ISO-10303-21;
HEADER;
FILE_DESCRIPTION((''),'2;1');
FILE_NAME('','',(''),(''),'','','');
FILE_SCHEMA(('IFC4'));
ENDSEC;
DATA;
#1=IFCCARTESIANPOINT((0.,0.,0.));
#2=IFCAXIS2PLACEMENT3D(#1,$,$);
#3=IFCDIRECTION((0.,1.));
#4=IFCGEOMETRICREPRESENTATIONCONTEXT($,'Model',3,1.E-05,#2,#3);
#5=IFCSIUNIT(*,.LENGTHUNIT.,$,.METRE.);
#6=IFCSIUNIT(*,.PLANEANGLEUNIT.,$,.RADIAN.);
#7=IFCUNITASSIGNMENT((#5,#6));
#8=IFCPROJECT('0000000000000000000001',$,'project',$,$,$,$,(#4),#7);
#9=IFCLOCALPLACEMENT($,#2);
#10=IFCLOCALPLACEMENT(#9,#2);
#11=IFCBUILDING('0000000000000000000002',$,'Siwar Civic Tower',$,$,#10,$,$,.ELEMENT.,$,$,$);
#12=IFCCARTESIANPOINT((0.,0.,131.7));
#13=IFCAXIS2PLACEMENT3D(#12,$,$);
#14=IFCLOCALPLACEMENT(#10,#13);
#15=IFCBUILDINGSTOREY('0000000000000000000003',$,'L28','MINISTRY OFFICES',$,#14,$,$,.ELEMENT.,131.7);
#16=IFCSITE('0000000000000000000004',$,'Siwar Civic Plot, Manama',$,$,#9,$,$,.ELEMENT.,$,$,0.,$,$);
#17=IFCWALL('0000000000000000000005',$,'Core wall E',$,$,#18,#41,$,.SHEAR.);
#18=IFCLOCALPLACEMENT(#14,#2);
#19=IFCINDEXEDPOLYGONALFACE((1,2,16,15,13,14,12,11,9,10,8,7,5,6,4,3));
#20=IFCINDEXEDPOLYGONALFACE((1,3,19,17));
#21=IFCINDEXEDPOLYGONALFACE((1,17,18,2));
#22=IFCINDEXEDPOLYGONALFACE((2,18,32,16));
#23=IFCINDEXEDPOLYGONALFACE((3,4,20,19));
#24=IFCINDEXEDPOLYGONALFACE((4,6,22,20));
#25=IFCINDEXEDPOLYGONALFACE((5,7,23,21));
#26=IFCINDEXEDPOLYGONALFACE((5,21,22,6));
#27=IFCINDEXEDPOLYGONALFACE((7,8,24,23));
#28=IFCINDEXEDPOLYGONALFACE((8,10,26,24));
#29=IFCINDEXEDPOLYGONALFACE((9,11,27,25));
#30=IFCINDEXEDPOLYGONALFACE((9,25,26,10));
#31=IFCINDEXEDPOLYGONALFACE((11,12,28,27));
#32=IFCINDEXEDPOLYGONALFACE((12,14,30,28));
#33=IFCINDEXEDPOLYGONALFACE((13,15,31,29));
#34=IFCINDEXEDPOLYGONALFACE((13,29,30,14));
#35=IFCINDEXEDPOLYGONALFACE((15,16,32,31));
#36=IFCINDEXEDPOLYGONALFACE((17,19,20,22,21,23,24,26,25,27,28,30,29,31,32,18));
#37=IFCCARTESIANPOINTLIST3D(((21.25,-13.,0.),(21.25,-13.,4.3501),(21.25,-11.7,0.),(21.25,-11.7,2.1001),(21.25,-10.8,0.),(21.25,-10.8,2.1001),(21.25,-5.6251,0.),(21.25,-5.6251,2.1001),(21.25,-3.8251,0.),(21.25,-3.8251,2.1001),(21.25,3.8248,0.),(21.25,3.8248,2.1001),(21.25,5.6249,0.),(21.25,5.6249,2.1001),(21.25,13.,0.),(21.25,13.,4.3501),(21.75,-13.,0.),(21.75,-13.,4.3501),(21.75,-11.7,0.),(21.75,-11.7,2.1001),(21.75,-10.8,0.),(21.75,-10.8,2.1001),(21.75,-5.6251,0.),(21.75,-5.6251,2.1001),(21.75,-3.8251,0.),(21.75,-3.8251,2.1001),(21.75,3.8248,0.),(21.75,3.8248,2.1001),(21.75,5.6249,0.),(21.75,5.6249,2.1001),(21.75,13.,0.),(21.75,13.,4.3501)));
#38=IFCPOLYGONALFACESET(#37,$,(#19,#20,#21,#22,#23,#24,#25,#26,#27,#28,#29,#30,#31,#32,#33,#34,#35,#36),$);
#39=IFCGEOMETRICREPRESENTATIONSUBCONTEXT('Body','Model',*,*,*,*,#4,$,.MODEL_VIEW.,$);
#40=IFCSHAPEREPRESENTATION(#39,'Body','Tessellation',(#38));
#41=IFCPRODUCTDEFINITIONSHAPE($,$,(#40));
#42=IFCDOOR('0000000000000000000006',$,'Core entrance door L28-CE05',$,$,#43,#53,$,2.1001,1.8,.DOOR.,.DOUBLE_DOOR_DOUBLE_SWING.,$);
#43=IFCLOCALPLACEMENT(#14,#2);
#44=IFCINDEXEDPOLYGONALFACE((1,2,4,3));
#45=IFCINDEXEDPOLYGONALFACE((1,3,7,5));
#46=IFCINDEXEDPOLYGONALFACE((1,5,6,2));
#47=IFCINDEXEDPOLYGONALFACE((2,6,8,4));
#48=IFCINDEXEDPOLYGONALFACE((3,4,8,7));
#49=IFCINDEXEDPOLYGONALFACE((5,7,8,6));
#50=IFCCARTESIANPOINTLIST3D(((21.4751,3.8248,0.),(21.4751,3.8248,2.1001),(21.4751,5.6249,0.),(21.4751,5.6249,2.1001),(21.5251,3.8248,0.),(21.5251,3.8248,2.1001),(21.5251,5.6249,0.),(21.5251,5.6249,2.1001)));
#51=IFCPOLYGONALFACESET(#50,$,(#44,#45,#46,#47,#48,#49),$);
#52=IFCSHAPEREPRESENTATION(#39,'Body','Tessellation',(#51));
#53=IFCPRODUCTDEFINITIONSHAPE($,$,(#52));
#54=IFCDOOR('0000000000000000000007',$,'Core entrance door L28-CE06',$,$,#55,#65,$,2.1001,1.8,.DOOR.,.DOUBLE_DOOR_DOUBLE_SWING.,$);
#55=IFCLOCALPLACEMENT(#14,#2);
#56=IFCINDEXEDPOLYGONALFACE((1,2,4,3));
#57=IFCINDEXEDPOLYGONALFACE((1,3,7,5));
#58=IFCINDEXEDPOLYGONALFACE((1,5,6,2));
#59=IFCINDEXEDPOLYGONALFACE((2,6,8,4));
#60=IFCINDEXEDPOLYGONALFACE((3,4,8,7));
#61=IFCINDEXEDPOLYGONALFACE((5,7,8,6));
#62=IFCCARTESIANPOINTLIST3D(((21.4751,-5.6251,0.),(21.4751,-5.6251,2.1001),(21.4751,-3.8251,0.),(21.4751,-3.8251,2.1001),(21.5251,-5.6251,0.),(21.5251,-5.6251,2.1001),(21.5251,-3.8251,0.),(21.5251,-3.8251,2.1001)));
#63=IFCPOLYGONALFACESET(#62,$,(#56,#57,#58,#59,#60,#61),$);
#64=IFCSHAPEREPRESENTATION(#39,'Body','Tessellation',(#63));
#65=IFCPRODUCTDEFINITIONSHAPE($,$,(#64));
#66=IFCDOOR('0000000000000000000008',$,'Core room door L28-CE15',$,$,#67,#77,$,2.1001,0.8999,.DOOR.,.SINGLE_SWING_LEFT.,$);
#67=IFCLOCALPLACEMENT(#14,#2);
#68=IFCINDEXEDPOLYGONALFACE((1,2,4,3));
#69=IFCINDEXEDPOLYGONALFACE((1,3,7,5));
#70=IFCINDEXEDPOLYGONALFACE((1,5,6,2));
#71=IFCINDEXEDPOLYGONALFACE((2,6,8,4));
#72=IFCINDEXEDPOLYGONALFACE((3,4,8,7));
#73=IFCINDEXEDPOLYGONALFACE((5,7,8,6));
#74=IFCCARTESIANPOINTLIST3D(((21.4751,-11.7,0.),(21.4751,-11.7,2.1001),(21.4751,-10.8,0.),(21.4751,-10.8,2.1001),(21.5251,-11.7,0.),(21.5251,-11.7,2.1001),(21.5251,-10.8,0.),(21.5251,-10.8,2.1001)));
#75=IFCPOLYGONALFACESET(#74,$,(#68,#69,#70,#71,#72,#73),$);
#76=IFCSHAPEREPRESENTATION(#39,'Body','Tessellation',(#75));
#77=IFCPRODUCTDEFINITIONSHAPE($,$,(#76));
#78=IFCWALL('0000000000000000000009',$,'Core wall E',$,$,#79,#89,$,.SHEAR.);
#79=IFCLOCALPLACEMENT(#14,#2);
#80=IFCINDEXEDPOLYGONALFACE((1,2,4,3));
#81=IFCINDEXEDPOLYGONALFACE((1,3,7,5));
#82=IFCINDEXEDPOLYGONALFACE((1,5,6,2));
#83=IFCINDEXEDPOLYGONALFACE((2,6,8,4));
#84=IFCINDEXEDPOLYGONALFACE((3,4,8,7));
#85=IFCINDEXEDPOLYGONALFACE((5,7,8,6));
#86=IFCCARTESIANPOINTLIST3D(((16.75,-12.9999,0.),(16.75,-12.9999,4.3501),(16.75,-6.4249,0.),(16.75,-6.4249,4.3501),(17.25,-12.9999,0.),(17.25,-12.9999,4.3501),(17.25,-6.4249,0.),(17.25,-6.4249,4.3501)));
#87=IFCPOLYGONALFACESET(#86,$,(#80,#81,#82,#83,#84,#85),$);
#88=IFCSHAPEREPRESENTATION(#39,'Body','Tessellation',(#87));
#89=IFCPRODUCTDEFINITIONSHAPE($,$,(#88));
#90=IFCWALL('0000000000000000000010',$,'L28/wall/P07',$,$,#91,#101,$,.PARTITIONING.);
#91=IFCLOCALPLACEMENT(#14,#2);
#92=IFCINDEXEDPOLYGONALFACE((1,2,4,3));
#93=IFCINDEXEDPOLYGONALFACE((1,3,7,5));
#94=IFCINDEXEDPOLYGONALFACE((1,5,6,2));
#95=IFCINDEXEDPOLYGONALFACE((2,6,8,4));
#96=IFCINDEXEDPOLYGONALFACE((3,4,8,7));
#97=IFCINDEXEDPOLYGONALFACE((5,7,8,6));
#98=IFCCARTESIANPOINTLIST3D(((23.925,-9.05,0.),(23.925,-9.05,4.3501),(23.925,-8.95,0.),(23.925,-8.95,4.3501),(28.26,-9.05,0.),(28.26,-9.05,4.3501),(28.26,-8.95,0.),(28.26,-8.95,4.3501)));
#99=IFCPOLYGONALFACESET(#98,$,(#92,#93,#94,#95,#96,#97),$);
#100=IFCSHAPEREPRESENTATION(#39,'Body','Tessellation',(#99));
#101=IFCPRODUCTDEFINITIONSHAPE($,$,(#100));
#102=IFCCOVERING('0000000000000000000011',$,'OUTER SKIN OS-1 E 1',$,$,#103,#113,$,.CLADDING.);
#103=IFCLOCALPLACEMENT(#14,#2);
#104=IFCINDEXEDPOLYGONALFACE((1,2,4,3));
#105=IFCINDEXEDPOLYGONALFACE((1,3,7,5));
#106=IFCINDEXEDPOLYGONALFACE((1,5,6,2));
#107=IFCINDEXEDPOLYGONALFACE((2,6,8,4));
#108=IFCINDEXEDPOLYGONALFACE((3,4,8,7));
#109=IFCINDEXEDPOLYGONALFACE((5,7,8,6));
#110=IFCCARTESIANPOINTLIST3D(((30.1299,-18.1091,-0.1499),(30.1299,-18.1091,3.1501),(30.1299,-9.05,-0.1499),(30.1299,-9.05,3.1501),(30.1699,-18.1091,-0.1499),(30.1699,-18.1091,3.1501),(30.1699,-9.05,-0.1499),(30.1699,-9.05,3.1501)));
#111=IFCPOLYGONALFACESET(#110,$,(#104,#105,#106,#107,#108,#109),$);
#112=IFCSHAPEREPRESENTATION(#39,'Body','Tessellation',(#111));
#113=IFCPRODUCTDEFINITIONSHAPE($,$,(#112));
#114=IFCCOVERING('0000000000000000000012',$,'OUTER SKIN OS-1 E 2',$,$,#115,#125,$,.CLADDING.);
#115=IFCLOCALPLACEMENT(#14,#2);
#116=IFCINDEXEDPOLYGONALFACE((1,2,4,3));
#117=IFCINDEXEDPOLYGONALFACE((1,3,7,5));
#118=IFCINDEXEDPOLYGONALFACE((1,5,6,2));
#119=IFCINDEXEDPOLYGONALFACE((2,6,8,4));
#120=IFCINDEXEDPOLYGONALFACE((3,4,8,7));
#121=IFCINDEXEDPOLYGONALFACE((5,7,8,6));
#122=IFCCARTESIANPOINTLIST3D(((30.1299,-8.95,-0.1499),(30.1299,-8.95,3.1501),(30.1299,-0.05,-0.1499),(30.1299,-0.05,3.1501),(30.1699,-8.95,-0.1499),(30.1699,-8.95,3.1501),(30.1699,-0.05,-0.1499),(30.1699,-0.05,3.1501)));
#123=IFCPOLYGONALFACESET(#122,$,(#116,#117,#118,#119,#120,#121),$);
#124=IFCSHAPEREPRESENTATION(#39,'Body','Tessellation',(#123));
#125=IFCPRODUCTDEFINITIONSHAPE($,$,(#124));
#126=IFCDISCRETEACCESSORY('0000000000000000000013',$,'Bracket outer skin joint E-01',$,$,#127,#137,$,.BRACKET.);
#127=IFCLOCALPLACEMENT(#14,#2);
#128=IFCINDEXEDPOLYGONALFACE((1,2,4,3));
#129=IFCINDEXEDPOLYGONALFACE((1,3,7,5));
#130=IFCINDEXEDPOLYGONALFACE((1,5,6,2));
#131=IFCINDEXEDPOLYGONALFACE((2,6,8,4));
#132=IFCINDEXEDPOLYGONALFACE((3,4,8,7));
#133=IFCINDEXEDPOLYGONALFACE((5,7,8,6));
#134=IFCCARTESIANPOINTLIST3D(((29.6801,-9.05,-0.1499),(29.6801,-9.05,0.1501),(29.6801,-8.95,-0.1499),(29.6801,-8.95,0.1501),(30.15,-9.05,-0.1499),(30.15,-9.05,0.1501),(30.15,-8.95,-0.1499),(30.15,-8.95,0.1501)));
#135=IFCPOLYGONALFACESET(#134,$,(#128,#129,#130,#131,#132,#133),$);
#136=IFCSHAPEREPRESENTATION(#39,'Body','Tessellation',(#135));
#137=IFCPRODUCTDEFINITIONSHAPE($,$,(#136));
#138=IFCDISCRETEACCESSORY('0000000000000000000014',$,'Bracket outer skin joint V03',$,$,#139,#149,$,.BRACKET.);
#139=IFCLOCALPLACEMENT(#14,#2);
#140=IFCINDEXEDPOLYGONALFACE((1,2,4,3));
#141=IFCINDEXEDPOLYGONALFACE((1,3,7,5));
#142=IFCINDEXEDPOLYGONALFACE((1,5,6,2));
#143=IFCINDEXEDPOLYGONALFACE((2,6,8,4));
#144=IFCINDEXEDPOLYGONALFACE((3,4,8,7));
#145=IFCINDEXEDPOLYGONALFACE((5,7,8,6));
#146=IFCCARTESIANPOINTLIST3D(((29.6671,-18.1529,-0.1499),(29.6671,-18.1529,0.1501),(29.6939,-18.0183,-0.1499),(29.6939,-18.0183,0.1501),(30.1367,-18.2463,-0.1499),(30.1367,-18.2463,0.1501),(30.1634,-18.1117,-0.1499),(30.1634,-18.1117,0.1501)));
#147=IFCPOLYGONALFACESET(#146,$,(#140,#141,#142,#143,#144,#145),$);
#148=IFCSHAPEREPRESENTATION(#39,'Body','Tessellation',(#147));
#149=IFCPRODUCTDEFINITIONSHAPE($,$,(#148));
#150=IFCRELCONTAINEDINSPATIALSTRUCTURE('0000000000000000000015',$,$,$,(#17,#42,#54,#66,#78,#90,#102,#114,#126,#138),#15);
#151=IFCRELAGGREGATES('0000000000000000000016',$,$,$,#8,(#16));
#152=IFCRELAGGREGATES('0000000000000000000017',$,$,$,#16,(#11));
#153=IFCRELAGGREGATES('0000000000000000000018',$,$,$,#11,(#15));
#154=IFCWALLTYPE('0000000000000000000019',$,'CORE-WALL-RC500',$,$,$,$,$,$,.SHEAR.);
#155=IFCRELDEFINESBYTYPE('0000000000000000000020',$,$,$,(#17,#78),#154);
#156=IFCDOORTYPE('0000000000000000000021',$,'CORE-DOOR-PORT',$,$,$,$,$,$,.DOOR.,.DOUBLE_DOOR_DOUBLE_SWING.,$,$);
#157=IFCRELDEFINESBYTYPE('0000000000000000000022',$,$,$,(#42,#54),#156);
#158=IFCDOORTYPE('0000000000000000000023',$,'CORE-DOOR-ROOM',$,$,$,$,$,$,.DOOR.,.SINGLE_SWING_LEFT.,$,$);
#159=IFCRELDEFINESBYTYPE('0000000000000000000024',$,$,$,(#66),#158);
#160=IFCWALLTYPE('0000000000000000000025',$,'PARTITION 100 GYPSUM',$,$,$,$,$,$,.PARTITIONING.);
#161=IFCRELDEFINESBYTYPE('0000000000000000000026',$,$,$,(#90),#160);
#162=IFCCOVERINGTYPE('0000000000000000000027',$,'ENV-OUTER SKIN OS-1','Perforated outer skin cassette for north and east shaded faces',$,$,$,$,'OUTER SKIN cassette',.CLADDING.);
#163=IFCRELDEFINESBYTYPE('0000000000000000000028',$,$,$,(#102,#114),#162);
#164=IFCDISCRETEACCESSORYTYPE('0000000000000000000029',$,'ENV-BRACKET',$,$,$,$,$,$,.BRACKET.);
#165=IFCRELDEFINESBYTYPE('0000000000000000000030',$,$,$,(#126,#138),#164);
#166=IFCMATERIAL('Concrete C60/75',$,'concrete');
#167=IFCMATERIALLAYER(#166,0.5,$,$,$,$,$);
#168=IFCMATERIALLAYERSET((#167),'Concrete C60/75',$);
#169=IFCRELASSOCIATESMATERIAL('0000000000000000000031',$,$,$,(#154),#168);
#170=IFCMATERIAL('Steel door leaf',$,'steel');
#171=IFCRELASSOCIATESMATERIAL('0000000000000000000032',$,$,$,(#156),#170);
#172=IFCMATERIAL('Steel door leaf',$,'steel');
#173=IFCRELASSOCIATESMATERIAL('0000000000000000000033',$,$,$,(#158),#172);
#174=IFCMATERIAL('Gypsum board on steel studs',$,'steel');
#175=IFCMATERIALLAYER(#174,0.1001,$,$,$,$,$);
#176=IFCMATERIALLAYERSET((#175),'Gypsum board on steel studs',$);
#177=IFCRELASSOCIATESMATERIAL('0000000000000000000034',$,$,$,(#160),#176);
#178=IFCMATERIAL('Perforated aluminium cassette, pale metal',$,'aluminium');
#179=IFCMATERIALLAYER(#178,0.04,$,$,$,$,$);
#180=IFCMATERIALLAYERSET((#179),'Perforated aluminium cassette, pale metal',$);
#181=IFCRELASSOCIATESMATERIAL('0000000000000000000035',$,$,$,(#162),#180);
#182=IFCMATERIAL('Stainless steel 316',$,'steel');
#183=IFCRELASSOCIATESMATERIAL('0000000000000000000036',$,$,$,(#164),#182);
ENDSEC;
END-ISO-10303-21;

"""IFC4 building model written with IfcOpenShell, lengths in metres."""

from ifc_helpers import new_model, si_unit, direction, frame, frame_2d, origin, origin_2d, place, context, subcontext, project, spatial, rectangle, extrude, material, layer, layer_set, type_object, element, fill, save


model = new_model("IFC4")

# Units and contexts
model_context = context("Model", 3, precision=1e-05, world=origin(), true_north=direction((0.0, 1.0)))
body_context = subcontext(model_context, "Body", "Model", "MODEL_VIEW")
ifc_project = project(units=[si_unit("LENGTHUNIT", "METRE"), si_unit("PLANEANGLEUNIT", "RADIAN")], contexts=[model_context])

# Site, building, storey
site_placement = place(None, origin())
site = spatial("IfcSite", under=ifc_project, at=site_placement, Name="Siwar Civic Plot, Manama", CompositionType="ELEMENT", RefElevation=0.0)
building_placement = place(site_placement, origin())
building = spatial("IfcBuilding", under=site, at=building_placement, Name="Siwar Civic Tower", CompositionType="ELEMENT")
storey_placement = place(building_placement, frame((0.0, 0.0, 131.7)))
storey = spatial("IfcBuildingStorey", under=building, at=storey_placement, Name="L28", Description="MINISTRY OFFICES", CompositionType="ELEMENT", Elevation=131.7)

# Wall, openings, doors
ifc_material_1 = material(Name="Concrete C60/75", Category="concrete")
ifc_layer_1 = layer(ifc_material_1, 0.5)
ifc_layer_set_1 = layer_set([ifc_layer_1], Name="Concrete C60/75")
wall_type_1 = type_object("IfcWallType", Name="CORE-WALL-RC500", PredefinedType="SHEAR", material=ifc_layer_set_1)
wall_1_placement = place(storey_placement, frame((21.5, -13.0, 0.0), z_axis=(0.0, 0.0, 1.0), x_axis=(0.0, 1.0, 0.0)))
wall_1 = element("IfcWall", 1, at=wall_1_placement, inside=storey, type_object=wall_type_1, Name="Core wall E", PredefinedType="SHEAR", context=body_context, shape_type="SweptSolid", body=[
    extrude(rectangle(XDim=26.0, YDim=0.5, at=frame_2d((13.0, 0.0))), origin(), (0.0, 0.0, 1.0), 4.3501),
])
opening_1_placement = place(wall_1_placement, frame((16.825, 0.0, 0.0)))
opening_1 = element("IfcOpeningElement", 2, at=opening_1_placement, cuts=wall_1, PredefinedType="OPENING", context=body_context, shape_type="SweptSolid", body=[
    extrude(rectangle(XDim=1.8, YDim=2.1001, at=frame_2d((0.8999, 1.05))), frame((0.0, 0.26, 0.0), z_axis=(0.0, -1.0, 0.0), x_axis=(1.0, 0.0, 0.0)), (0.0, 0.0, 1.0), 0.52),
])
opening_2_placement = place(wall_1_placement, frame((7.375, 0.0, 0.0)))
opening_2 = element("IfcOpeningElement", 3, at=opening_2_placement, cuts=wall_1, PredefinedType="OPENING", context=body_context, shape_type="SweptSolid", body=[
    extrude(rectangle(XDim=1.8, YDim=2.1001, at=frame_2d((0.8999, 1.05))), frame((0.0, 0.26, 0.0), z_axis=(0.0, -1.0, 0.0), x_axis=(1.0, 0.0, 0.0)), (0.0, 0.0, 1.0), 0.52),
])
opening_3_placement = place(wall_1_placement, frame((1.3, 0.0, 0.0)))
opening_3 = element("IfcOpeningElement", 4, at=opening_3_placement, cuts=wall_1, PredefinedType="OPENING", context=body_context, shape_type="SweptSolid", body=[
    extrude(rectangle(XDim=0.8999, YDim=2.1001, at=frame_2d((0.45, 1.05))), frame((0.0, 0.26, 0.0), z_axis=(0.0, -1.0, 0.0), x_axis=(1.0, 0.0, 0.0)), (0.0, 0.0, 1.0), 0.52),
])
ifc_material_2 = material(Name="Steel door leaf", Category="steel")
door_type_1 = type_object("IfcDoorType", Name="CORE-DOOR-PORT", OperationType="DOUBLE_DOOR_DOUBLE_SWING", PredefinedType="DOOR", material=ifc_material_2)
door_1_placement = place(opening_1_placement, origin())
door_1 = element("IfcDoor", 5, at=door_1_placement, inside=storey, type_object=door_type_1, Name="Core entrance door L28-CE05", OperationType="DOUBLE_DOOR_DOUBLE_SWING", OverallHeight=2.1001, OverallWidth=1.8, PredefinedType="DOOR", context=body_context, shape_type="SweptSolid", body=[
    extrude(rectangle(XDim=1.8, YDim=2.1001, at=frame_2d((0.8999, 1.05))), frame((0.0, 0.0249, 0.0), z_axis=(0.0, -1.0, 0.0), x_axis=(1.0, 0.0, 0.0)), (0.0, 0.0, 1.0), 0.05),
])
fill(opening_1, door_1)
door_2_placement = place(opening_2_placement, origin())
door_2 = element("IfcDoor", 6, at=door_2_placement, inside=storey, type_object=door_type_1, Name="Core entrance door L28-CE06", OperationType="DOUBLE_DOOR_DOUBLE_SWING", OverallHeight=2.1001, OverallWidth=1.8, PredefinedType="DOOR", context=body_context, shape_type="SweptSolid", body=[
    extrude(rectangle(XDim=1.8, YDim=2.1001, at=frame_2d((0.8999, 1.05))), frame((0.0, 0.0249, 0.0), z_axis=(0.0, -1.0, 0.0), x_axis=(1.0, 0.0, 0.0)), (0.0, 0.0, 1.0), 0.05),
])
fill(opening_2, door_2)
ifc_material_3 = material(Name="Steel door leaf", Category="steel")
door_type_2 = type_object("IfcDoorType", Name="CORE-DOOR-ROOM", OperationType="SINGLE_SWING_LEFT", PredefinedType="DOOR", material=ifc_material_3)
door_3_placement = place(opening_3_placement, origin())
door_3 = element("IfcDoor", 7, at=door_3_placement, inside=storey, type_object=door_type_2, Name="Core room door L28-CE15", OperationType="SINGLE_SWING_LEFT", OverallHeight=2.1001, OverallWidth=0.8999, PredefinedType="DOOR", context=body_context, shape_type="SweptSolid", body=[
    extrude(rectangle(XDim=0.8999, YDim=2.1001, at=frame_2d((0.45, 1.05))), frame((0.0, 0.0249, 0.0), z_axis=(0.0, -1.0, 0.0), x_axis=(1.0, 0.0, 0.0)), (0.0, 0.0, 1.0), 0.05),
])
fill(opening_3, door_3)

# Walls
wall_2_placement = place(storey_placement, frame((17.0, -13.0, 0.0), z_axis=(0.0, 0.0, 1.0), x_axis=(0.0, 1.0, 0.0)))
element("IfcWall", 8, at=wall_2_placement, inside=storey, type_object=wall_type_1, Name="Core wall E", PredefinedType="SHEAR", context=body_context, shape_type="SweptSolid", body=[
    extrude(rectangle(XDim=6.575, YDim=0.5, at=frame_2d((3.2876, 0.0))), origin(), (0.0, 0.0, 1.0), 4.3501),
])
ifc_material_4 = material(Name="Gypsum board on steel studs", Category="steel")
ifc_layer_2 = layer(ifc_material_4, 0.1001)
ifc_layer_set_2 = layer_set([ifc_layer_2], Name="Gypsum board on steel studs")
wall_type_2 = type_object("IfcWallType", Name="PARTITION 100 GYPSUM", PredefinedType="PARTITIONING", material=ifc_layer_set_2)
wall_3_placement = place(storey_placement, frame((23.925, -9.0, 0.0), z_axis=(0.0, 0.0, 1.0), x_axis=(1.0, 0.0, 0.0)))
element("IfcWall", 9, at=wall_3_placement, inside=storey, type_object=wall_type_2, Name="L28/wall/P07", PredefinedType="PARTITIONING", context=body_context, shape_type="SweptSolid", body=[
    extrude(rectangle(XDim=4.335, YDim=0.1001, at=frame_2d((2.1675, 0.0))), origin(), (0.0, 0.0, 1.0), 4.3501),
])

# Coverings
ifc_material_5 = material(Name="Perforated aluminium cassette, pale metal", Category="aluminium")
ifc_layer_3 = layer(ifc_material_5, 0.04)
ifc_layer_set_3 = layer_set([ifc_layer_3], Name="Perforated aluminium cassette, pale metal")
covering_type = type_object("IfcCoveringType", Name="ENV-OUTER SKIN OS-1", Description="Perforated outer skin cassette for north and east shaded faces", ElementType="OUTER SKIN cassette", PredefinedType="CLADDING", material=ifc_layer_set_3)
covering_1_placement = place(storey_placement, frame((30.1499, -13.5796, -0.1499), z_axis=(0.0, 0.0, 1.0), x_axis=(0.0, 1.0, 0.0)))
element("IfcCovering", 10, at=covering_1_placement, inside=storey, type_object=covering_type, Name="OUTER SKIN OS-1 E 1", PredefinedType="CLADDING", context=body_context, shape_type="SweptSolid", body=[
    extrude(rectangle(XDim=9.0591, YDim=0.04, at=origin_2d()), origin(), (0.0, 0.0, 1.0), 3.3),
])
covering_2_placement = place(storey_placement, frame((30.1499, -4.5, -0.1499), z_axis=(0.0, 0.0, 1.0), x_axis=(0.0, 1.0, 0.0)))
element("IfcCovering", 11, at=covering_2_placement, inside=storey, type_object=covering_type, Name="OUTER SKIN OS-1 E 2", PredefinedType="CLADDING", context=body_context, shape_type="SweptSolid", body=[
    extrude(rectangle(XDim=8.8999, YDim=0.04, at=origin_2d()), origin(), (0.0, 0.0, 1.0), 3.3),
])

# Discrete accessories
ifc_material_6 = material(Name="Stainless steel 316", Category="steel")
discrete_accessory_type = type_object("IfcDiscreteAccessoryType", Name="ENV-BRACKET", PredefinedType="BRACKET", material=ifc_material_6)
discrete_accessory_1_placement = place(storey_placement, frame((29.915, -9.0, -0.1499), z_axis=(0.0, 0.0, 1.0), x_axis=(1.0, 0.0, 0.0)))
element("IfcDiscreteAccessory", 12, at=discrete_accessory_1_placement, inside=storey, type_object=discrete_accessory_type, Name="Bracket outer skin joint E-01", PredefinedType="BRACKET", context=body_context, shape_type="SweptSolid", body=[
    extrude(rectangle(XDim=0.47, YDim=0.1001, at=origin_2d()), origin(), (0.0, 0.0, 1.0), 0.3),
])
discrete_accessory_2_placement = place(storey_placement, frame((29.9153, -18.1323, -0.1499), z_axis=(0.0, 0.0, 1.0), x_axis=(0.980785, -0.19509, 0.0)))
element("IfcDiscreteAccessory", 13, at=discrete_accessory_2_placement, inside=storey, type_object=discrete_accessory_type, Name="Bracket outer skin joint V03", PredefinedType="BRACKET", context=body_context, shape_type="SweptSolid", body=[
    extrude(rectangle(XDim=0.4788, YDim=0.1372, at=origin_2d()), origin(), (0.0, 0.0, 1.0), 0.3),
])

save(model, "model.ifc")
